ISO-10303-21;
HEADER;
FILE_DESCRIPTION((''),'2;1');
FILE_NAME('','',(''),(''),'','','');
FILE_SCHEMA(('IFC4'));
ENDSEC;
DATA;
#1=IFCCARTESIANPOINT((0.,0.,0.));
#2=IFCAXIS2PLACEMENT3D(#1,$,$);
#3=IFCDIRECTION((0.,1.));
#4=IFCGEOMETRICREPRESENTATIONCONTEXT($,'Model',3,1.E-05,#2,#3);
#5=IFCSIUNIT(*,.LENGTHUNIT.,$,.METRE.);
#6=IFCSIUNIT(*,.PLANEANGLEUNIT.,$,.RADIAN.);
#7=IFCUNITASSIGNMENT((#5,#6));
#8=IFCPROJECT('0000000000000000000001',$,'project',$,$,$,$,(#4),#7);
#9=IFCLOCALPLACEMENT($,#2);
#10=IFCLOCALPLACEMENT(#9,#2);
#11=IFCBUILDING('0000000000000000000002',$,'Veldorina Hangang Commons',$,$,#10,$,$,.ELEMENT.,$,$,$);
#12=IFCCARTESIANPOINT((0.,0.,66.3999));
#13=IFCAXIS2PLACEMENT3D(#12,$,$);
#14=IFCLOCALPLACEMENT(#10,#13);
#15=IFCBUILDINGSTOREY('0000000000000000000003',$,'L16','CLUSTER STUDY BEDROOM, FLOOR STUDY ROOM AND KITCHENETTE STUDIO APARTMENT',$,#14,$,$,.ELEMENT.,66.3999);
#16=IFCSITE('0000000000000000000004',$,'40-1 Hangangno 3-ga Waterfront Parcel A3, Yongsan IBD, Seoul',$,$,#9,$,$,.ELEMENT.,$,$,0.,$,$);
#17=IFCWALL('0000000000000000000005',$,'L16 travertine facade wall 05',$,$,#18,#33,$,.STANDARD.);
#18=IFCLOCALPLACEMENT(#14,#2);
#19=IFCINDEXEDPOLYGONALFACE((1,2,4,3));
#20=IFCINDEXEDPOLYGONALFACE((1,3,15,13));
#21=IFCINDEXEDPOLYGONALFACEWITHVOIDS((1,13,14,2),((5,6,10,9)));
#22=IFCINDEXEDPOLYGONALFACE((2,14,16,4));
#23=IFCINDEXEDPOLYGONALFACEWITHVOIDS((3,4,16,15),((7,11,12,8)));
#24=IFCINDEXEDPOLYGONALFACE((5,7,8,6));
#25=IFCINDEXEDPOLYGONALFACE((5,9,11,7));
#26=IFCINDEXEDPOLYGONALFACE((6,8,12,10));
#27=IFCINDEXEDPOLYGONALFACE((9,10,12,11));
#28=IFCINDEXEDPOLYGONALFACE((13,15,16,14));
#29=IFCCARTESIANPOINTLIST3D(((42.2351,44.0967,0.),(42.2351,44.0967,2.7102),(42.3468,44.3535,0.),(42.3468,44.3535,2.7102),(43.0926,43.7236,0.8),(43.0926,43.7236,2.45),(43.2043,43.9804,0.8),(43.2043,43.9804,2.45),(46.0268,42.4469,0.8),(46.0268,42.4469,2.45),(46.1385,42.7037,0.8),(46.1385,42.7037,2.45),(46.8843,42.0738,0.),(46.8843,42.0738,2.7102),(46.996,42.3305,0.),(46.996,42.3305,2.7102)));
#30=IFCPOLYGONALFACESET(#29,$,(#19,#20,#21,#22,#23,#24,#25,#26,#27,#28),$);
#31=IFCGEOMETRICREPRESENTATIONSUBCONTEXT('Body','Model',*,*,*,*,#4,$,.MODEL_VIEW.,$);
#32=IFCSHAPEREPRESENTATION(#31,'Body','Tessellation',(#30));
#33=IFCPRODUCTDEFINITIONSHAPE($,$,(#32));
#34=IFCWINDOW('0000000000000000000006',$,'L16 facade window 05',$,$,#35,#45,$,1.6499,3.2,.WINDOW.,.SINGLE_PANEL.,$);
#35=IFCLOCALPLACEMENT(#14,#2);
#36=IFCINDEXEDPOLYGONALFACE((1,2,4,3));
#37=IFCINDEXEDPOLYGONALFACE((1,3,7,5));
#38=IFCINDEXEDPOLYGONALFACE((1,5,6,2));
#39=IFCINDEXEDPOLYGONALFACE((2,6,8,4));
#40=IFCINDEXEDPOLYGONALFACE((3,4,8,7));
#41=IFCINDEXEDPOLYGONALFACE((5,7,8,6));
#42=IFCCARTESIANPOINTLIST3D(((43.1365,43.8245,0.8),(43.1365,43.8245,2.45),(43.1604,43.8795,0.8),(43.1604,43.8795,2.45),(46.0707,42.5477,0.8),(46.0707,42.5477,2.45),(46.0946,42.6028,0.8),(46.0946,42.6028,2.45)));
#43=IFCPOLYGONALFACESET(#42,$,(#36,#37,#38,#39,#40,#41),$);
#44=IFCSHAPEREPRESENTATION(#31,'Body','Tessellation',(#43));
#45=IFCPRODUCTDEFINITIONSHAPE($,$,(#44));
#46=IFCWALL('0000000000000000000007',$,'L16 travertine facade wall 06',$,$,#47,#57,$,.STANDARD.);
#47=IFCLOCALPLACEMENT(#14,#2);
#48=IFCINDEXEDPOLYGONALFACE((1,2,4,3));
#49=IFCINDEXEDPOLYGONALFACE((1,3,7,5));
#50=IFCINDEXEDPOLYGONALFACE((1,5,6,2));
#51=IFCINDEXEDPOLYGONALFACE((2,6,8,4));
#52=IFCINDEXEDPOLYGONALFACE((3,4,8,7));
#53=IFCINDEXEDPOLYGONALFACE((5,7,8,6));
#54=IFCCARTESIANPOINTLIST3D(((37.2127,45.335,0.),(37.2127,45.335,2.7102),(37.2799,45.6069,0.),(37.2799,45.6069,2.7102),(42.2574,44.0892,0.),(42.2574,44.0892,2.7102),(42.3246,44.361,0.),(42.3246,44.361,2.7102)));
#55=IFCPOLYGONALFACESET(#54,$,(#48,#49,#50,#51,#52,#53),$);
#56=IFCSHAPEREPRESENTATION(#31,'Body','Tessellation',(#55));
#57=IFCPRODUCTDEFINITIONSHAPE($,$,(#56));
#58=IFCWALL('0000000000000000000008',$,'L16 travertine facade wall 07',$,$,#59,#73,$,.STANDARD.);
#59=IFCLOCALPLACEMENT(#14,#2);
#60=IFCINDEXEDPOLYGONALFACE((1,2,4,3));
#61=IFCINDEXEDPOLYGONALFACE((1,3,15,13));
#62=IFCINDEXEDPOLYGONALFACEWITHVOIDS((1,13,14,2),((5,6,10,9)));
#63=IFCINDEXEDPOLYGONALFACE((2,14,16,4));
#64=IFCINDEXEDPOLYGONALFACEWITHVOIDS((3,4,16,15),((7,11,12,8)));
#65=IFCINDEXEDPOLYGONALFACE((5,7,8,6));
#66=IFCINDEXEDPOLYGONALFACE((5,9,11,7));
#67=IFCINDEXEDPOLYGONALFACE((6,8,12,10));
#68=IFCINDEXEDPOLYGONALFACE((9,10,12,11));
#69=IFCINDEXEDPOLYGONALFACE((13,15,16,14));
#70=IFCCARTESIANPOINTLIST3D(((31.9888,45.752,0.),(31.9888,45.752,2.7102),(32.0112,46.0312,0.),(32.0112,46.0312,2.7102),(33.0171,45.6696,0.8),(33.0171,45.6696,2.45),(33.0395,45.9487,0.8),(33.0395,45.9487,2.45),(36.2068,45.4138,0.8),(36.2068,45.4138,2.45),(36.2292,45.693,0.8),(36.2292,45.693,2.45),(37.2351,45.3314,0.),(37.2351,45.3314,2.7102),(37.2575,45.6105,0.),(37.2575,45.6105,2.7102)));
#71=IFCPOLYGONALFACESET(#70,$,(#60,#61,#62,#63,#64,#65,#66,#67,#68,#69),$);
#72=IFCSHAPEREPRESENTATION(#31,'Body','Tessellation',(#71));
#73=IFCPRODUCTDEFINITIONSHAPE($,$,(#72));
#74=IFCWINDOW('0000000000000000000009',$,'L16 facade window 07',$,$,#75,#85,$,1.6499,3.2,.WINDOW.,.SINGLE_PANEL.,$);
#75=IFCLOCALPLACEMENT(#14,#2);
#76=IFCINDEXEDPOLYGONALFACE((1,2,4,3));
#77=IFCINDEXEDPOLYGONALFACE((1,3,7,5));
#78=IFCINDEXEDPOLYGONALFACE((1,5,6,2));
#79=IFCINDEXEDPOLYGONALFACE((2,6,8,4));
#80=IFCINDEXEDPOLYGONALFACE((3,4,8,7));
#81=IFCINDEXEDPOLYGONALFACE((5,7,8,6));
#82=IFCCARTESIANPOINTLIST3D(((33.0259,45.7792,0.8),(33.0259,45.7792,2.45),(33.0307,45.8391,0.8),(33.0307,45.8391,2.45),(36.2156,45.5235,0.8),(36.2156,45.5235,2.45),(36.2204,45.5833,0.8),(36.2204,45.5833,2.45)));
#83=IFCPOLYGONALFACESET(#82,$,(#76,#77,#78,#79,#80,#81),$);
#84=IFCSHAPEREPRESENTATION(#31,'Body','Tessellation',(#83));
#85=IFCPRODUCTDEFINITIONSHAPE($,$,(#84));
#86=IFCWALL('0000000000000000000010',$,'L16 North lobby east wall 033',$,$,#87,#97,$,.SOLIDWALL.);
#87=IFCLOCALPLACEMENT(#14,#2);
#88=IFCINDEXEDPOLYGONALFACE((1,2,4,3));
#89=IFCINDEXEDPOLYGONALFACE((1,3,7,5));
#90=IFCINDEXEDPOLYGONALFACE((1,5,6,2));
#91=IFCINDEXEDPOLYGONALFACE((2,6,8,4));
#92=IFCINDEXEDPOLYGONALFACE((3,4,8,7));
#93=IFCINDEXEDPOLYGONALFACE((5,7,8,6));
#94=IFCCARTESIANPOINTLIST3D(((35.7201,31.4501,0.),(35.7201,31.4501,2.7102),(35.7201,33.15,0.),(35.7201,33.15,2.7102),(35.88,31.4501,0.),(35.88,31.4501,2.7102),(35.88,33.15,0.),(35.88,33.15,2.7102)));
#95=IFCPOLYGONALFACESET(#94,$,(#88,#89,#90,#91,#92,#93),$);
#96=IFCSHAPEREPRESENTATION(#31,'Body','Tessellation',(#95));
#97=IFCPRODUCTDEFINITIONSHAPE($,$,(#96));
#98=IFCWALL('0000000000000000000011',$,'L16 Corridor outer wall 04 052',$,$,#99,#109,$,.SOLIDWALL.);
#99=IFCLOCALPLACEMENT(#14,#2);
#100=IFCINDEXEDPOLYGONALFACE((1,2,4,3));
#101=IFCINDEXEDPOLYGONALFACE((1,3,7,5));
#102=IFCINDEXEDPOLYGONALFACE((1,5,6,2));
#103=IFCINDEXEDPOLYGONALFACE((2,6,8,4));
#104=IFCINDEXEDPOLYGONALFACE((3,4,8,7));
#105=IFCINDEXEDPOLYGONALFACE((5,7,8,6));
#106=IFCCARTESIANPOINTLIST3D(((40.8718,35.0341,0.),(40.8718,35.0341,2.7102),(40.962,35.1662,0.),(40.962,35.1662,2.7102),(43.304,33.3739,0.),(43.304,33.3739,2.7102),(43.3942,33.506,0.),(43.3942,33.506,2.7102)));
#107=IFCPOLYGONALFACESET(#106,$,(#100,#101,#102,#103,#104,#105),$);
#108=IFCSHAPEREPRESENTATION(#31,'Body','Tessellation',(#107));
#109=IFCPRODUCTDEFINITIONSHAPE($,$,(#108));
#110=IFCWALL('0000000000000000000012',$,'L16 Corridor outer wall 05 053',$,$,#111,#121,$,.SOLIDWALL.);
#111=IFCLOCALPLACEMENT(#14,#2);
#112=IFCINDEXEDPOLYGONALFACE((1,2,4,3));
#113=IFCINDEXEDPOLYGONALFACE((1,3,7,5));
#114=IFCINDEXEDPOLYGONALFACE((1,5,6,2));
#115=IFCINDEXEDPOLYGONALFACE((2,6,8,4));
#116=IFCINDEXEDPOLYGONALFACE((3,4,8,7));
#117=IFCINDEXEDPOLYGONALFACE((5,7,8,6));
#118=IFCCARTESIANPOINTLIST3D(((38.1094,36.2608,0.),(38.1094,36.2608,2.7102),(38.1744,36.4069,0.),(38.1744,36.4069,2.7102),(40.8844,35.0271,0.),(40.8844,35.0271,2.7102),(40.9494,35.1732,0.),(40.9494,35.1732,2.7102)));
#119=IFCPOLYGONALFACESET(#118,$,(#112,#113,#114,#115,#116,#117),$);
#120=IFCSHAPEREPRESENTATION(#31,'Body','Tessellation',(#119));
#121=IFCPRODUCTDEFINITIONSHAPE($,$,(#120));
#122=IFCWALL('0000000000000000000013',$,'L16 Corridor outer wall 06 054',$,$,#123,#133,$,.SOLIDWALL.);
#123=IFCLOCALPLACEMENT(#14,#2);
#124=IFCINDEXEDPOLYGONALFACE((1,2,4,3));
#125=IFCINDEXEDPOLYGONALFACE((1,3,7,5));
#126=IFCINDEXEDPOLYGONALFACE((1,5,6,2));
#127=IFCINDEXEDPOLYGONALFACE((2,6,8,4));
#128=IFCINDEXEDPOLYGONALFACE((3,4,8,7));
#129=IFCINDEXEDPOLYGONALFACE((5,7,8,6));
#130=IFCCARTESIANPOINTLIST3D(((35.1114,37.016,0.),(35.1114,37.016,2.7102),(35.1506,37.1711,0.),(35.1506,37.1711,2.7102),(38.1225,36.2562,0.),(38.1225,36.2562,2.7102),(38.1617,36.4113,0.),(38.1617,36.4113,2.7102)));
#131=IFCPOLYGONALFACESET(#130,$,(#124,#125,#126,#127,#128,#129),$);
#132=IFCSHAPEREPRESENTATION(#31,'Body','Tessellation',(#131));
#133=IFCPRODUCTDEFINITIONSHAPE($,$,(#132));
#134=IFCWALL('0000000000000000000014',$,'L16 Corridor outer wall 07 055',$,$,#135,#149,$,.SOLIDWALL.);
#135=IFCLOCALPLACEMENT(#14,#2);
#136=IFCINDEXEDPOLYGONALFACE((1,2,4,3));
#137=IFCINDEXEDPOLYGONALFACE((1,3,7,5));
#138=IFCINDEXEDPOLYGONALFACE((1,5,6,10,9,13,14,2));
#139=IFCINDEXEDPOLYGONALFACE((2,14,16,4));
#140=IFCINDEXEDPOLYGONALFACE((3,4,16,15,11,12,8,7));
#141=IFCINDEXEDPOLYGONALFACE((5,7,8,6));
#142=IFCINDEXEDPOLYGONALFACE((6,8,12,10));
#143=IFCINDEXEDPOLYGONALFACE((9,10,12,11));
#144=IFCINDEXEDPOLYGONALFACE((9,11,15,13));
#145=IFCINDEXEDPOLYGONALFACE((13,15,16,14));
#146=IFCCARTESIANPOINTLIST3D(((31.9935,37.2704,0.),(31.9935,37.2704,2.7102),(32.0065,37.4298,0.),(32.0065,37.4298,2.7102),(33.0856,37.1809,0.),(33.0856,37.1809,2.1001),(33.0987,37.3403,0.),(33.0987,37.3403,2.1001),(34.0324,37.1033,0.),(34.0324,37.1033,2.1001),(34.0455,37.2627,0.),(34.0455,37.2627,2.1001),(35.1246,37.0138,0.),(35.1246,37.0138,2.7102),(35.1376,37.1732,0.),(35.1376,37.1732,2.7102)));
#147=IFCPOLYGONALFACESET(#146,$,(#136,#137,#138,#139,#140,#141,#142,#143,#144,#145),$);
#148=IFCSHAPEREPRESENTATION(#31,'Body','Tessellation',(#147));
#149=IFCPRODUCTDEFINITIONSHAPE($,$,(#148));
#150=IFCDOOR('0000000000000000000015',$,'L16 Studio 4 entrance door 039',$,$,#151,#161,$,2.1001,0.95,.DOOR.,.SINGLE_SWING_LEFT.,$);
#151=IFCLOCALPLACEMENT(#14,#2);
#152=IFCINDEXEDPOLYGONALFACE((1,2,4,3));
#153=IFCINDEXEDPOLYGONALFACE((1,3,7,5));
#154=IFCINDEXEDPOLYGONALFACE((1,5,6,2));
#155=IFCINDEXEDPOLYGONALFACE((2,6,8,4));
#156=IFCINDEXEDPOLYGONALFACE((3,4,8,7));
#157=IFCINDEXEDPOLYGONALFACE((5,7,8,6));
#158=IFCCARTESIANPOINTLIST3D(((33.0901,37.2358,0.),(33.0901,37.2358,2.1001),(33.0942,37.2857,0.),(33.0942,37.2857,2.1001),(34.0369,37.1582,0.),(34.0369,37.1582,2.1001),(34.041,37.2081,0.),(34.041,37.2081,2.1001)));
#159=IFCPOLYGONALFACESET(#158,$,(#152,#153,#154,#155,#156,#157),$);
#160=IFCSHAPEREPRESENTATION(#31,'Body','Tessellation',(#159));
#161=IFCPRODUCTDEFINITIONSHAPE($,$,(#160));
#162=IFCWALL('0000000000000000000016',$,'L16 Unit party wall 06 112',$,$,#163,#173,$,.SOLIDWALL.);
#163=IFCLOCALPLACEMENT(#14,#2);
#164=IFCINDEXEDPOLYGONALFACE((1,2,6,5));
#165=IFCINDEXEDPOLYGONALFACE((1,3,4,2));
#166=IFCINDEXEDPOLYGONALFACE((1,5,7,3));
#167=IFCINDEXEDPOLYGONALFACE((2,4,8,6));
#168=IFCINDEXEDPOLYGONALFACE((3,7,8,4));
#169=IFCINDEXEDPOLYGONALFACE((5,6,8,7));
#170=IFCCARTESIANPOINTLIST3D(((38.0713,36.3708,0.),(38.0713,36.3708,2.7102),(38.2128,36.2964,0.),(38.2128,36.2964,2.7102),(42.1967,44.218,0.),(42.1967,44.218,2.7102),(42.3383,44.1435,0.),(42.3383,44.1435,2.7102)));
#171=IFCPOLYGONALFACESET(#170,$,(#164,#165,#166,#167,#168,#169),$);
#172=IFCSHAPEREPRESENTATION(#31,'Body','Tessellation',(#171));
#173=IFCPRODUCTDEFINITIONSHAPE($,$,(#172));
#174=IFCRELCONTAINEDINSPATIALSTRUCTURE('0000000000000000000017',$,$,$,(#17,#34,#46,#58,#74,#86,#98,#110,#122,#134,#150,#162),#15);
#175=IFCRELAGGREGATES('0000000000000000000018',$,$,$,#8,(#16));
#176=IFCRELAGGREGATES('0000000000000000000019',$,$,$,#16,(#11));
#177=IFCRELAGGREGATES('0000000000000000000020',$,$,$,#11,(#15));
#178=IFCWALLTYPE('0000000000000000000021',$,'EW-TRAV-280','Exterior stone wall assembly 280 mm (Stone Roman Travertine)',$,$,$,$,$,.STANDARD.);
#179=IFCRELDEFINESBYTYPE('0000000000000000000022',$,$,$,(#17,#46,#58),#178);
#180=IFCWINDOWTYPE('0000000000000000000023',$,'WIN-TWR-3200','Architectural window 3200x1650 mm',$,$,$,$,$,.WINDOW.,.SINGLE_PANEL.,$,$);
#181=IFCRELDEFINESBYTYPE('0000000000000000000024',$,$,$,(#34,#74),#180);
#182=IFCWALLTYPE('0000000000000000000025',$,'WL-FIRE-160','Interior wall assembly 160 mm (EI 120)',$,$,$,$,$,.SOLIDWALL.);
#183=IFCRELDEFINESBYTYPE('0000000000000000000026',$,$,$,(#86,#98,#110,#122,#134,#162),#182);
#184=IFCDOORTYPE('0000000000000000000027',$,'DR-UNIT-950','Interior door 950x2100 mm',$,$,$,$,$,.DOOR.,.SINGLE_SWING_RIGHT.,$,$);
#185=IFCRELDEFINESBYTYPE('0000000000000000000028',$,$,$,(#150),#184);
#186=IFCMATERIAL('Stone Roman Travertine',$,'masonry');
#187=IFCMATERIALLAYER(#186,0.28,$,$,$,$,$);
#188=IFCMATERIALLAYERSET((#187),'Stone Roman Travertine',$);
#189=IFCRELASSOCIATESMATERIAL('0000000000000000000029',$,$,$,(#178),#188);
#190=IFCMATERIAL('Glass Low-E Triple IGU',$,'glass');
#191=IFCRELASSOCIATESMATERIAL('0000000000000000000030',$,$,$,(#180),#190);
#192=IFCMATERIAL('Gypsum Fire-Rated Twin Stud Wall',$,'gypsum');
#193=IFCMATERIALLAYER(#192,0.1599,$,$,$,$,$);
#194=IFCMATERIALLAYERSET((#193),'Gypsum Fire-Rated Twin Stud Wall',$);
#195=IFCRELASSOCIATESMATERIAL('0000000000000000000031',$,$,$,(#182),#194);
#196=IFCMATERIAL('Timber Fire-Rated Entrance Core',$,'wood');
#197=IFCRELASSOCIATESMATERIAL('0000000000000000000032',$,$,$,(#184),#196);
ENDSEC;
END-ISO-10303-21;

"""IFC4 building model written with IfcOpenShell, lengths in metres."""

from ifc_helpers import new_model, si_unit, direction, frame, frame_2d, origin, place, context, subcontext, project, spatial, rectangle, extrude, material, layer, layer_set, type_object, element, fill, save


model = new_model("IFC4")

# Units and contexts
model_context = context("Model", 3, precision=1e-05, world=origin(), true_north=direction((0.0, 1.0)))
body_context = subcontext(model_context, "Body", "Model", "MODEL_VIEW")
ifc_project = project(units=[si_unit("LENGTHUNIT", "METRE"), si_unit("PLANEANGLEUNIT", "RADIAN")], contexts=[model_context])

# Site, building, storey
site_placement = place(None, origin())
site = spatial("IfcSite", under=ifc_project, at=site_placement, Name="40-1 Hangangno 3-ga Waterfront Parcel A3, Yongsan IBD, Seoul", CompositionType="ELEMENT", RefElevation=0.0)
building_placement = place(site_placement, origin())
building = spatial("IfcBuilding", under=site, at=building_placement, Name="Veldorina Hangang Commons", CompositionType="ELEMENT")
storey_placement = place(building_placement, frame((0.0, 0.0, 66.3999)))
storey = spatial("IfcBuildingStorey", under=building, at=storey_placement, Name="L16", Description="CLUSTER STUDY BEDROOM, FLOOR STUDY ROOM AND KITCHENETTE STUDIO APARTMENT", CompositionType="ELEMENT", Elevation=66.3999)

# Wall, opening, window
ifc_material_1 = material(Name="Stone Roman Travertine", Category="masonry")
ifc_layer_1 = layer(ifc_material_1, 0.28)
ifc_layer_set_1 = layer_set([ifc_layer_1], Name="Stone Roman Travertine")
wall_type_1 = type_object("IfcWallType", Name="EW-TRAV-280", Description="Exterior stone wall assembly 280 mm (Stone Roman Travertine)", PredefinedType="STANDARD", material=ifc_layer_set_1)
wall_1_placement = place(storey_placement, frame((46.9402, 42.2021, 0.0), z_axis=(0.0, 0.0, 1.0), x_axis=(-0.916957, 0.398987, 0.0)))
wall_1 = element("IfcWall", 1, at=wall_1_placement, inside=storey, type_object=wall_type_1, Name="L16 travertine facade wall 05", PredefinedType="STANDARD", context=body_context, shape_type="SweptSolid", body=[
    extrude(rectangle(XDim=5.0703, YDim=0.28, at=frame_2d((2.5352, 0.0))), origin(), (0.0, 0.0, 1.0), 2.7102),
])
opening_1_placement = place(wall_1_placement, frame((0.9351, 0.0, 0.8)))
opening_1 = element("IfcOpeningElement", 2, at=opening_1_placement, cuts=wall_1, PredefinedType="OPENING", context=body_context, shape_type="SweptSolid", body=[
    extrude(rectangle(XDim=3.2, YDim=1.6499, at=frame_2d((1.6001, 0.825))), frame((0.0, 0.1499, 0.0), z_axis=(0.0, -1.0, 0.0), x_axis=(1.0, 0.0, 0.0)), (0.0, 0.0, 1.0), 0.3),
])
ifc_material_2 = material(Name="Glass Low-E Triple IGU", Category="glass")
window_type = type_object("IfcWindowType", Name="WIN-TWR-3200", Description="Architectural window 3200x1650 mm", PartitioningType="SINGLE_PANEL", PredefinedType="WINDOW", material=ifc_material_2)
window_1_placement = place(opening_1_placement, origin())
window_1 = element("IfcWindow", 3, at=window_1_placement, inside=storey, type_object=window_type, Name="L16 facade window 05", OverallHeight=1.6499, OverallWidth=3.2, PartitioningType="SINGLE_PANEL", PredefinedType="WINDOW", context=body_context, shape_type="SweptSolid", body=[
    extrude(rectangle(XDim=3.2, YDim=1.6499, at=frame_2d((1.6001, 0.825))), frame((0.0, 0.03, 0.0), z_axis=(0.0, -1.0, 0.0), x_axis=(1.0, 0.0, 0.0)), (0.0, 0.0, 1.0), 0.0601),
])
fill(opening_1, window_1)

# Wall
wall_2_placement = place(storey_placement, frame((42.291, 44.2251, 0.0), z_axis=(0.0, 0.0, 1.0), x_axis=(-0.970832, 0.23976, 0.0)))
element("IfcWall", 4, at=wall_2_placement, inside=storey, type_object=wall_type_1, Name="L16 travertine facade wall 06", PredefinedType="STANDARD", context=body_context, shape_type="SweptSolid", body=[
    extrude(rectangle(XDim=5.1963, YDim=0.28, at=frame_2d((2.5981, 0.0))), origin(), (0.0, 0.0, 1.0), 2.7102),
])

# Wall, opening, window
wall_3_placement = place(storey_placement, frame((37.2463, 45.4709, 0.0), z_axis=(0.0, 0.0, 1.0), x_axis=(-0.996801, 0.079924, 0.0)))
wall_3 = element("IfcWall", 5, at=wall_3_placement, inside=storey, type_object=wall_type_1, Name="L16 travertine facade wall 07", PredefinedType="STANDARD", context=body_context, shape_type="SweptSolid", body=[
    extrude(rectangle(XDim=5.2632, YDim=0.28, at=frame_2d((2.6316, 0.0))), origin(), (0.0, 0.0, 1.0), 2.7102),
])
opening_2_placement = place(wall_3_placement, frame((1.0315, 0.0, 0.8)))
opening_2 = element("IfcOpeningElement", 6, at=opening_2_placement, cuts=wall_3, PredefinedType="OPENING", context=body_context, shape_type="SweptSolid", body=[
    extrude(rectangle(XDim=3.2, YDim=1.6499, at=frame_2d((1.6001, 0.825))), frame((0.0, 0.1499, 0.0), z_axis=(0.0, -1.0, 0.0), x_axis=(1.0, 0.0, 0.0)), (0.0, 0.0, 1.0), 0.3),
])
window_2_placement = place(opening_2_placement, origin())
window_2 = element("IfcWindow", 7, at=window_2_placement, inside=storey, type_object=window_type, Name="L16 facade window 07", OverallHeight=1.6499, OverallWidth=3.2, PartitioningType="SINGLE_PANEL", PredefinedType="WINDOW", context=body_context, shape_type="SweptSolid", body=[
    extrude(rectangle(XDim=3.2, YDim=1.6499, at=frame_2d((1.6001, 0.825))), frame((0.0, 0.03, 0.0), z_axis=(0.0, -1.0, 0.0), x_axis=(1.0, 0.0, 0.0)), (0.0, 0.0, 1.0), 0.0601),
])
fill(opening_2, window_2)

# Walls
ifc_material_3 = material(Name="Gypsum Fire-Rated Twin Stud Wall", Category="gypsum")
ifc_layer_2 = layer(ifc_material_3, 0.1599)
ifc_layer_set_2 = layer_set([ifc_layer_2], Name="Gypsum Fire-Rated Twin Stud Wall")
wall_type_2 = type_object("IfcWallType", Name="WL-FIRE-160", Description="Interior wall assembly 160 mm (EI 120)", PredefinedType="SOLIDWALL", material=ifc_layer_set_2)
wall_4_placement = place(storey_placement, frame((35.8, 31.45, 0.0), z_axis=(0.0, 0.0, 1.0), x_axis=(0.0, 1.0, 0.0)))
element("IfcWall", 8, at=wall_4_placement, inside=storey, type_object=wall_type_2, Name="L16 North lobby east wall 033", PredefinedType="SOLIDWALL", context=body_context, shape_type="SweptSolid", body=[
    extrude(rectangle(XDim=1.7, YDim=0.1599, at=frame_2d((0.8501, 0.0))), origin(), (0.0, 0.0, 1.0), 2.7102),
])
wall_5_placement = place(storey_placement, frame((43.3491, 33.4399, 0.0), z_axis=(0.0, 0.0, 1.0), x_axis=(-0.825929, 0.563774, 0.0)))
element("IfcWall", 9, at=wall_5_placement, inside=storey, type_object=wall_type_2, Name="L16 Corridor outer wall 04 052", PredefinedType="SOLIDWALL", context=body_context, shape_type="SweptSolid", body=[
    extrude(rectangle(XDim=2.9448, YDim=0.1599, at=frame_2d((1.4724, 0.0))), origin(), (0.0, 0.0, 1.0), 2.7102),
])
wall_6_placement = place(storey_placement, frame((40.917, 35.1001, 0.0), z_axis=(0.0, 0.0, 1.0), x_axis=(-0.913768, 0.406235, 0.0)))
element("IfcWall", 10, at=wall_6_placement, inside=storey, type_object=wall_type_2, Name="L16 Corridor outer wall 05 053", PredefinedType="SOLIDWALL", context=body_context, shape_type="SweptSolid", body=[
    extrude(rectangle(XDim=3.0369, YDim=0.1599, at=frame_2d((1.5186, 0.0))), origin(), (0.0, 0.0, 1.0), 2.7102),
])
wall_7_placement = place(storey_placement, frame((38.1421, 36.3337, 0.0), z_axis=(0.0, 0.0, 1.0), x_axis=(-0.969608, 0.244662, 0.0)))
element("IfcWall", 11, at=wall_7_placement, inside=storey, type_object=wall_type_2, Name="L16 Corridor outer wall 06 054", PredefinedType="SOLIDWALL", context=body_context, shape_type="SweptSolid", body=[
    extrude(rectangle(XDim=3.1055, YDim=0.1599, at=frame_2d((1.5527, 0.0))), origin(), (0.0, 0.0, 1.0), 2.7102),
])

# Wall, opening, door
wall_8_placement = place(storey_placement, frame((35.1311, 37.0935, 0.0), z_axis=(0.0, 0.0, 1.0), x_axis=(-0.996659, 0.081676, 0.0)))
wall_8 = element("IfcWall", 12, at=wall_8_placement, inside=storey, type_object=wall_type_2, Name="L16 Corridor outer wall 07 055", PredefinedType="SOLIDWALL", context=body_context, shape_type="SweptSolid", body=[
    extrude(rectangle(XDim=3.1416, YDim=0.1599, at=frame_2d((1.5708, 0.0))), origin(), (0.0, 0.0, 1.0), 2.7102),
])
opening_3_placement = place(wall_8_placement, frame((1.0957, 0.0, 0.0)))
opening_3 = element("IfcOpeningElement", 13, at=opening_3_placement, cuts=wall_8, PredefinedType="OPENING", context=body_context, shape_type="SweptSolid", body=[
    extrude(rectangle(XDim=0.95, YDim=2.1001, at=frame_2d((0.4751, 1.05))), frame((0.0, 0.0898, 0.0), z_axis=(0.0, -1.0, 0.0), x_axis=(1.0, 0.0, 0.0)), (0.0, 0.0, 1.0), 0.1799),
])
ifc_material_4 = material(Name="Timber Fire-Rated Entrance Core", Category="wood")
door_type_1 = type_object("IfcDoorType", Name="DR-UNIT-950", Description="Interior door 950x2100 mm", OperationType="SINGLE_SWING_RIGHT", PredefinedType="DOOR", material=ifc_material_4)
door_1_placement = place(opening_3_placement, origin())
door_1 = element("IfcDoor", 14, at=door_1_placement, inside=storey, type_object=door_type_1, Name="L16 Studio 4 entrance door 039", OperationType="SINGLE_SWING_LEFT", OverallHeight=2.1001, OverallWidth=0.95, PredefinedType="DOOR", context=body_context, shape_type="SweptSolid", body=[
    extrude(rectangle(XDim=0.95, YDim=2.1001, at=frame_2d((0.4751, 1.05))), frame((0.0, 0.0249, 0.0), z_axis=(0.0, -1.0, 0.0), x_axis=(1.0, 0.0, 0.0)), (0.0, 0.0, 1.0), 0.05),
])
fill(opening_3, door_1)

# Wall
wall_9_placement = place(storey_placement, frame((38.1421, 36.3337, 0.0), z_axis=(0.0, 0.0, 1.0), x_axis=(0.46534, 0.885132, 0.0)))
element("IfcWall", 15, at=wall_9_placement, inside=storey, type_object=wall_type_2, Name="L16 Unit party wall 06 112", PredefinedType="SOLIDWALL", context=body_context, shape_type="SweptSolid", body=[
    extrude(rectangle(XDim=8.8655, YDim=0.1599, at=frame_2d((4.4326, 0.0))), origin(), (0.0, 0.0, 1.0), 2.7102),
])

save(model, "model.ifc")
